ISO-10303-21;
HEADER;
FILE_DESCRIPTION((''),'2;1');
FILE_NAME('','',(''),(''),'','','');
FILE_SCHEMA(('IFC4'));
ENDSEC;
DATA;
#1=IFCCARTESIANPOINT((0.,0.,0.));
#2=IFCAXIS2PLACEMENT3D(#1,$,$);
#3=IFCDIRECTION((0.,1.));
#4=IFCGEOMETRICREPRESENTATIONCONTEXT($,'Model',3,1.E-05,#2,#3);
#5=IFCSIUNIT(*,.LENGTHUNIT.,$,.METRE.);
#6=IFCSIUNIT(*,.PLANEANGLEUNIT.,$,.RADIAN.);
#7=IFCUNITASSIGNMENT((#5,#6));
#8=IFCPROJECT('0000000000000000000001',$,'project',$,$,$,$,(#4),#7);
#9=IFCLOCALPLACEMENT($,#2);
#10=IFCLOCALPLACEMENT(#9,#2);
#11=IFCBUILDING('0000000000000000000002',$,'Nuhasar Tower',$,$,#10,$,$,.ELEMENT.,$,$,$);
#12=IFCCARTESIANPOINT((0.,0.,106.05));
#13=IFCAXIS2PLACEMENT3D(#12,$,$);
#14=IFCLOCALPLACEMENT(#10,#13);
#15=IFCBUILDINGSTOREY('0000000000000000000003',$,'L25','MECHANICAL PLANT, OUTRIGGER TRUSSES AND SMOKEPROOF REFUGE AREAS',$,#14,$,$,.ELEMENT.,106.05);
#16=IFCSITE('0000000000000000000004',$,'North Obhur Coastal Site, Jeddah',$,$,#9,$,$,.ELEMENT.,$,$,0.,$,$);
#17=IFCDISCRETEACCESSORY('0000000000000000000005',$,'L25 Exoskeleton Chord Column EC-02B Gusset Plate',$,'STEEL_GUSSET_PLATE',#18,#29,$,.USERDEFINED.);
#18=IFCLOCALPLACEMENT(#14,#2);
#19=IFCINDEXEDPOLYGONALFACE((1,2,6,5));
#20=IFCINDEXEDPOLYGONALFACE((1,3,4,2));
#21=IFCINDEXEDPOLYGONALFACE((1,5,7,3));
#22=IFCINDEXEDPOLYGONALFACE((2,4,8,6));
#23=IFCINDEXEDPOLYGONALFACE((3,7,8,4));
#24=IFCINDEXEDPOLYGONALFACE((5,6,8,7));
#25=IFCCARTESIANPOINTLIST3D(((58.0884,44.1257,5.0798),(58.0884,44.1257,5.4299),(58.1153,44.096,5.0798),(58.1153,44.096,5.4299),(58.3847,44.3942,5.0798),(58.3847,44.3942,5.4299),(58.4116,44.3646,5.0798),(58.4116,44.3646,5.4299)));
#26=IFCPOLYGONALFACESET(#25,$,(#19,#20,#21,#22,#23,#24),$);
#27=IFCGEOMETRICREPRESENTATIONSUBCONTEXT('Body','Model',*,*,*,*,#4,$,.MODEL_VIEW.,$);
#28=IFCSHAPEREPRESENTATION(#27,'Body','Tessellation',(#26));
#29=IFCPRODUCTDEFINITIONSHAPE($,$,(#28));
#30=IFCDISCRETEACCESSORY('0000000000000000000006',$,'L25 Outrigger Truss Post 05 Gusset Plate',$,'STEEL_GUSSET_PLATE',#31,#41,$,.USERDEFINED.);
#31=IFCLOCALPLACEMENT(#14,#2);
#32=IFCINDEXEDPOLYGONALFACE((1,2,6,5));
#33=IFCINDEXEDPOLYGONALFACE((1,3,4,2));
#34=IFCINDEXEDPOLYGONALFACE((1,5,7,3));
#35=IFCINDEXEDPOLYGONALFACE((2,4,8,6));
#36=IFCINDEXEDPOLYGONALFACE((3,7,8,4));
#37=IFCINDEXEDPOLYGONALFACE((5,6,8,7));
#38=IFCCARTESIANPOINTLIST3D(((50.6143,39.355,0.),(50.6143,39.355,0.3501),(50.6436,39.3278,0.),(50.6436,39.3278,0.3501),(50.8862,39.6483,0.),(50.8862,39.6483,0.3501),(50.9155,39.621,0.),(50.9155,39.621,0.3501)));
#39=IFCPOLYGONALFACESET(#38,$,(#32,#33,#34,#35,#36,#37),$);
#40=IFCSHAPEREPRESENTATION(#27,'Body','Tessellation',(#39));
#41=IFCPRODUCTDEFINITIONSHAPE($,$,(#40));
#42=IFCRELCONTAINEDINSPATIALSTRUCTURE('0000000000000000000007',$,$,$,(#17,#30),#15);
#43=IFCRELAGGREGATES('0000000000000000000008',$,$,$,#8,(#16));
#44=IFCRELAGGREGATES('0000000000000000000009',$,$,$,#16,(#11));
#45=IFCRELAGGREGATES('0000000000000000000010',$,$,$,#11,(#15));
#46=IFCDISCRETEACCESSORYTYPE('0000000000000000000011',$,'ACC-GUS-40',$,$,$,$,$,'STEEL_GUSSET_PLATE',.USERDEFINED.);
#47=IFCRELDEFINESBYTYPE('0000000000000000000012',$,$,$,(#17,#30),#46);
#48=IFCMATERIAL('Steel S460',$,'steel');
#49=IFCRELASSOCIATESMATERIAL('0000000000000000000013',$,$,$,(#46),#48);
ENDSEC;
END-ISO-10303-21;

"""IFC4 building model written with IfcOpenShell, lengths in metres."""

from ifc_helpers import new_model, si_unit, direction, frame, origin, origin_2d, place, context, subcontext, project, spatial, rectangle, extrude, material, type_object, element, save


model = new_model("IFC4")

# Units and contexts
model_context = context("Model", 3, precision=1e-05, world=origin(), true_north=direction((0.0, 1.0)))
body_context = subcontext(model_context, "Body", "Model", "MODEL_VIEW")
ifc_project = project(units=[si_unit("LENGTHUNIT", "METRE"), si_unit("PLANEANGLEUNIT", "RADIAN")], contexts=[model_context])

# Site, building, storey
site_placement = place(None, origin())
site = spatial("IfcSite", under=ifc_project, at=site_placement, Name="North Obhur Coastal Site, Jeddah", CompositionType="ELEMENT", RefElevation=0.0)
building_placement = place(site_placement, origin())
building = spatial("IfcBuilding", under=site, at=building_placement, Name="Nuhasar Tower", CompositionType="ELEMENT")
storey_placement = place(building_placement, frame((0.0, 0.0, 106.05)))
storey = spatial("IfcBuildingStorey", under=building, at=storey_placement, Name="L25", Description="MECHANICAL PLANT, OUTRIGGER TRUSSES AND SMOKEPROOF REFUGE AREAS", CompositionType="ELEMENT", Elevation=106.05)

# Shared definitions
ifc_material_1 = material(Name="Steel S460", Category="steel")

# Discrete accessories
discrete_accessory_type = type_object("IfcDiscreteAccessoryType", Name="ACC-GUS-40", ElementType="STEEL_GUSSET_PLATE", PredefinedType="USERDEFINED", material=ifc_material_1)
for number, where, z_axis, x_axis, name in (
    (1, (58.25, 44.2451, 5.0798), (0.0, 0.0, 1.0), (0.741004, 0.671501, 0.0), "L25 Exoskeleton Chord Column EC-02B Gusset Plate"),
    (2, (50.7649, 39.488, 0.0), (0.0, 0.0, 1.0), (0.679953, 0.733255, 0.0), "L25 Outrigger Truss Post 05 Gusset Plate"),
):
    element("IfcDiscreteAccessory", number, at=place(storey_placement, frame(where, z_axis=z_axis, x_axis=x_axis)), inside=storey, type_object=discrete_accessory_type, Name=name, ObjectType="STEEL_GUSSET_PLATE", PredefinedType="USERDEFINED", context=body_context, shape_type="SweptSolid", body=[
        extrude(rectangle(XDim=0.3999, YDim=0.04, at=origin_2d()), origin(), (0.0, 0.0, 1.0), 0.3501),
    ])

save(model, "model.ifc")
